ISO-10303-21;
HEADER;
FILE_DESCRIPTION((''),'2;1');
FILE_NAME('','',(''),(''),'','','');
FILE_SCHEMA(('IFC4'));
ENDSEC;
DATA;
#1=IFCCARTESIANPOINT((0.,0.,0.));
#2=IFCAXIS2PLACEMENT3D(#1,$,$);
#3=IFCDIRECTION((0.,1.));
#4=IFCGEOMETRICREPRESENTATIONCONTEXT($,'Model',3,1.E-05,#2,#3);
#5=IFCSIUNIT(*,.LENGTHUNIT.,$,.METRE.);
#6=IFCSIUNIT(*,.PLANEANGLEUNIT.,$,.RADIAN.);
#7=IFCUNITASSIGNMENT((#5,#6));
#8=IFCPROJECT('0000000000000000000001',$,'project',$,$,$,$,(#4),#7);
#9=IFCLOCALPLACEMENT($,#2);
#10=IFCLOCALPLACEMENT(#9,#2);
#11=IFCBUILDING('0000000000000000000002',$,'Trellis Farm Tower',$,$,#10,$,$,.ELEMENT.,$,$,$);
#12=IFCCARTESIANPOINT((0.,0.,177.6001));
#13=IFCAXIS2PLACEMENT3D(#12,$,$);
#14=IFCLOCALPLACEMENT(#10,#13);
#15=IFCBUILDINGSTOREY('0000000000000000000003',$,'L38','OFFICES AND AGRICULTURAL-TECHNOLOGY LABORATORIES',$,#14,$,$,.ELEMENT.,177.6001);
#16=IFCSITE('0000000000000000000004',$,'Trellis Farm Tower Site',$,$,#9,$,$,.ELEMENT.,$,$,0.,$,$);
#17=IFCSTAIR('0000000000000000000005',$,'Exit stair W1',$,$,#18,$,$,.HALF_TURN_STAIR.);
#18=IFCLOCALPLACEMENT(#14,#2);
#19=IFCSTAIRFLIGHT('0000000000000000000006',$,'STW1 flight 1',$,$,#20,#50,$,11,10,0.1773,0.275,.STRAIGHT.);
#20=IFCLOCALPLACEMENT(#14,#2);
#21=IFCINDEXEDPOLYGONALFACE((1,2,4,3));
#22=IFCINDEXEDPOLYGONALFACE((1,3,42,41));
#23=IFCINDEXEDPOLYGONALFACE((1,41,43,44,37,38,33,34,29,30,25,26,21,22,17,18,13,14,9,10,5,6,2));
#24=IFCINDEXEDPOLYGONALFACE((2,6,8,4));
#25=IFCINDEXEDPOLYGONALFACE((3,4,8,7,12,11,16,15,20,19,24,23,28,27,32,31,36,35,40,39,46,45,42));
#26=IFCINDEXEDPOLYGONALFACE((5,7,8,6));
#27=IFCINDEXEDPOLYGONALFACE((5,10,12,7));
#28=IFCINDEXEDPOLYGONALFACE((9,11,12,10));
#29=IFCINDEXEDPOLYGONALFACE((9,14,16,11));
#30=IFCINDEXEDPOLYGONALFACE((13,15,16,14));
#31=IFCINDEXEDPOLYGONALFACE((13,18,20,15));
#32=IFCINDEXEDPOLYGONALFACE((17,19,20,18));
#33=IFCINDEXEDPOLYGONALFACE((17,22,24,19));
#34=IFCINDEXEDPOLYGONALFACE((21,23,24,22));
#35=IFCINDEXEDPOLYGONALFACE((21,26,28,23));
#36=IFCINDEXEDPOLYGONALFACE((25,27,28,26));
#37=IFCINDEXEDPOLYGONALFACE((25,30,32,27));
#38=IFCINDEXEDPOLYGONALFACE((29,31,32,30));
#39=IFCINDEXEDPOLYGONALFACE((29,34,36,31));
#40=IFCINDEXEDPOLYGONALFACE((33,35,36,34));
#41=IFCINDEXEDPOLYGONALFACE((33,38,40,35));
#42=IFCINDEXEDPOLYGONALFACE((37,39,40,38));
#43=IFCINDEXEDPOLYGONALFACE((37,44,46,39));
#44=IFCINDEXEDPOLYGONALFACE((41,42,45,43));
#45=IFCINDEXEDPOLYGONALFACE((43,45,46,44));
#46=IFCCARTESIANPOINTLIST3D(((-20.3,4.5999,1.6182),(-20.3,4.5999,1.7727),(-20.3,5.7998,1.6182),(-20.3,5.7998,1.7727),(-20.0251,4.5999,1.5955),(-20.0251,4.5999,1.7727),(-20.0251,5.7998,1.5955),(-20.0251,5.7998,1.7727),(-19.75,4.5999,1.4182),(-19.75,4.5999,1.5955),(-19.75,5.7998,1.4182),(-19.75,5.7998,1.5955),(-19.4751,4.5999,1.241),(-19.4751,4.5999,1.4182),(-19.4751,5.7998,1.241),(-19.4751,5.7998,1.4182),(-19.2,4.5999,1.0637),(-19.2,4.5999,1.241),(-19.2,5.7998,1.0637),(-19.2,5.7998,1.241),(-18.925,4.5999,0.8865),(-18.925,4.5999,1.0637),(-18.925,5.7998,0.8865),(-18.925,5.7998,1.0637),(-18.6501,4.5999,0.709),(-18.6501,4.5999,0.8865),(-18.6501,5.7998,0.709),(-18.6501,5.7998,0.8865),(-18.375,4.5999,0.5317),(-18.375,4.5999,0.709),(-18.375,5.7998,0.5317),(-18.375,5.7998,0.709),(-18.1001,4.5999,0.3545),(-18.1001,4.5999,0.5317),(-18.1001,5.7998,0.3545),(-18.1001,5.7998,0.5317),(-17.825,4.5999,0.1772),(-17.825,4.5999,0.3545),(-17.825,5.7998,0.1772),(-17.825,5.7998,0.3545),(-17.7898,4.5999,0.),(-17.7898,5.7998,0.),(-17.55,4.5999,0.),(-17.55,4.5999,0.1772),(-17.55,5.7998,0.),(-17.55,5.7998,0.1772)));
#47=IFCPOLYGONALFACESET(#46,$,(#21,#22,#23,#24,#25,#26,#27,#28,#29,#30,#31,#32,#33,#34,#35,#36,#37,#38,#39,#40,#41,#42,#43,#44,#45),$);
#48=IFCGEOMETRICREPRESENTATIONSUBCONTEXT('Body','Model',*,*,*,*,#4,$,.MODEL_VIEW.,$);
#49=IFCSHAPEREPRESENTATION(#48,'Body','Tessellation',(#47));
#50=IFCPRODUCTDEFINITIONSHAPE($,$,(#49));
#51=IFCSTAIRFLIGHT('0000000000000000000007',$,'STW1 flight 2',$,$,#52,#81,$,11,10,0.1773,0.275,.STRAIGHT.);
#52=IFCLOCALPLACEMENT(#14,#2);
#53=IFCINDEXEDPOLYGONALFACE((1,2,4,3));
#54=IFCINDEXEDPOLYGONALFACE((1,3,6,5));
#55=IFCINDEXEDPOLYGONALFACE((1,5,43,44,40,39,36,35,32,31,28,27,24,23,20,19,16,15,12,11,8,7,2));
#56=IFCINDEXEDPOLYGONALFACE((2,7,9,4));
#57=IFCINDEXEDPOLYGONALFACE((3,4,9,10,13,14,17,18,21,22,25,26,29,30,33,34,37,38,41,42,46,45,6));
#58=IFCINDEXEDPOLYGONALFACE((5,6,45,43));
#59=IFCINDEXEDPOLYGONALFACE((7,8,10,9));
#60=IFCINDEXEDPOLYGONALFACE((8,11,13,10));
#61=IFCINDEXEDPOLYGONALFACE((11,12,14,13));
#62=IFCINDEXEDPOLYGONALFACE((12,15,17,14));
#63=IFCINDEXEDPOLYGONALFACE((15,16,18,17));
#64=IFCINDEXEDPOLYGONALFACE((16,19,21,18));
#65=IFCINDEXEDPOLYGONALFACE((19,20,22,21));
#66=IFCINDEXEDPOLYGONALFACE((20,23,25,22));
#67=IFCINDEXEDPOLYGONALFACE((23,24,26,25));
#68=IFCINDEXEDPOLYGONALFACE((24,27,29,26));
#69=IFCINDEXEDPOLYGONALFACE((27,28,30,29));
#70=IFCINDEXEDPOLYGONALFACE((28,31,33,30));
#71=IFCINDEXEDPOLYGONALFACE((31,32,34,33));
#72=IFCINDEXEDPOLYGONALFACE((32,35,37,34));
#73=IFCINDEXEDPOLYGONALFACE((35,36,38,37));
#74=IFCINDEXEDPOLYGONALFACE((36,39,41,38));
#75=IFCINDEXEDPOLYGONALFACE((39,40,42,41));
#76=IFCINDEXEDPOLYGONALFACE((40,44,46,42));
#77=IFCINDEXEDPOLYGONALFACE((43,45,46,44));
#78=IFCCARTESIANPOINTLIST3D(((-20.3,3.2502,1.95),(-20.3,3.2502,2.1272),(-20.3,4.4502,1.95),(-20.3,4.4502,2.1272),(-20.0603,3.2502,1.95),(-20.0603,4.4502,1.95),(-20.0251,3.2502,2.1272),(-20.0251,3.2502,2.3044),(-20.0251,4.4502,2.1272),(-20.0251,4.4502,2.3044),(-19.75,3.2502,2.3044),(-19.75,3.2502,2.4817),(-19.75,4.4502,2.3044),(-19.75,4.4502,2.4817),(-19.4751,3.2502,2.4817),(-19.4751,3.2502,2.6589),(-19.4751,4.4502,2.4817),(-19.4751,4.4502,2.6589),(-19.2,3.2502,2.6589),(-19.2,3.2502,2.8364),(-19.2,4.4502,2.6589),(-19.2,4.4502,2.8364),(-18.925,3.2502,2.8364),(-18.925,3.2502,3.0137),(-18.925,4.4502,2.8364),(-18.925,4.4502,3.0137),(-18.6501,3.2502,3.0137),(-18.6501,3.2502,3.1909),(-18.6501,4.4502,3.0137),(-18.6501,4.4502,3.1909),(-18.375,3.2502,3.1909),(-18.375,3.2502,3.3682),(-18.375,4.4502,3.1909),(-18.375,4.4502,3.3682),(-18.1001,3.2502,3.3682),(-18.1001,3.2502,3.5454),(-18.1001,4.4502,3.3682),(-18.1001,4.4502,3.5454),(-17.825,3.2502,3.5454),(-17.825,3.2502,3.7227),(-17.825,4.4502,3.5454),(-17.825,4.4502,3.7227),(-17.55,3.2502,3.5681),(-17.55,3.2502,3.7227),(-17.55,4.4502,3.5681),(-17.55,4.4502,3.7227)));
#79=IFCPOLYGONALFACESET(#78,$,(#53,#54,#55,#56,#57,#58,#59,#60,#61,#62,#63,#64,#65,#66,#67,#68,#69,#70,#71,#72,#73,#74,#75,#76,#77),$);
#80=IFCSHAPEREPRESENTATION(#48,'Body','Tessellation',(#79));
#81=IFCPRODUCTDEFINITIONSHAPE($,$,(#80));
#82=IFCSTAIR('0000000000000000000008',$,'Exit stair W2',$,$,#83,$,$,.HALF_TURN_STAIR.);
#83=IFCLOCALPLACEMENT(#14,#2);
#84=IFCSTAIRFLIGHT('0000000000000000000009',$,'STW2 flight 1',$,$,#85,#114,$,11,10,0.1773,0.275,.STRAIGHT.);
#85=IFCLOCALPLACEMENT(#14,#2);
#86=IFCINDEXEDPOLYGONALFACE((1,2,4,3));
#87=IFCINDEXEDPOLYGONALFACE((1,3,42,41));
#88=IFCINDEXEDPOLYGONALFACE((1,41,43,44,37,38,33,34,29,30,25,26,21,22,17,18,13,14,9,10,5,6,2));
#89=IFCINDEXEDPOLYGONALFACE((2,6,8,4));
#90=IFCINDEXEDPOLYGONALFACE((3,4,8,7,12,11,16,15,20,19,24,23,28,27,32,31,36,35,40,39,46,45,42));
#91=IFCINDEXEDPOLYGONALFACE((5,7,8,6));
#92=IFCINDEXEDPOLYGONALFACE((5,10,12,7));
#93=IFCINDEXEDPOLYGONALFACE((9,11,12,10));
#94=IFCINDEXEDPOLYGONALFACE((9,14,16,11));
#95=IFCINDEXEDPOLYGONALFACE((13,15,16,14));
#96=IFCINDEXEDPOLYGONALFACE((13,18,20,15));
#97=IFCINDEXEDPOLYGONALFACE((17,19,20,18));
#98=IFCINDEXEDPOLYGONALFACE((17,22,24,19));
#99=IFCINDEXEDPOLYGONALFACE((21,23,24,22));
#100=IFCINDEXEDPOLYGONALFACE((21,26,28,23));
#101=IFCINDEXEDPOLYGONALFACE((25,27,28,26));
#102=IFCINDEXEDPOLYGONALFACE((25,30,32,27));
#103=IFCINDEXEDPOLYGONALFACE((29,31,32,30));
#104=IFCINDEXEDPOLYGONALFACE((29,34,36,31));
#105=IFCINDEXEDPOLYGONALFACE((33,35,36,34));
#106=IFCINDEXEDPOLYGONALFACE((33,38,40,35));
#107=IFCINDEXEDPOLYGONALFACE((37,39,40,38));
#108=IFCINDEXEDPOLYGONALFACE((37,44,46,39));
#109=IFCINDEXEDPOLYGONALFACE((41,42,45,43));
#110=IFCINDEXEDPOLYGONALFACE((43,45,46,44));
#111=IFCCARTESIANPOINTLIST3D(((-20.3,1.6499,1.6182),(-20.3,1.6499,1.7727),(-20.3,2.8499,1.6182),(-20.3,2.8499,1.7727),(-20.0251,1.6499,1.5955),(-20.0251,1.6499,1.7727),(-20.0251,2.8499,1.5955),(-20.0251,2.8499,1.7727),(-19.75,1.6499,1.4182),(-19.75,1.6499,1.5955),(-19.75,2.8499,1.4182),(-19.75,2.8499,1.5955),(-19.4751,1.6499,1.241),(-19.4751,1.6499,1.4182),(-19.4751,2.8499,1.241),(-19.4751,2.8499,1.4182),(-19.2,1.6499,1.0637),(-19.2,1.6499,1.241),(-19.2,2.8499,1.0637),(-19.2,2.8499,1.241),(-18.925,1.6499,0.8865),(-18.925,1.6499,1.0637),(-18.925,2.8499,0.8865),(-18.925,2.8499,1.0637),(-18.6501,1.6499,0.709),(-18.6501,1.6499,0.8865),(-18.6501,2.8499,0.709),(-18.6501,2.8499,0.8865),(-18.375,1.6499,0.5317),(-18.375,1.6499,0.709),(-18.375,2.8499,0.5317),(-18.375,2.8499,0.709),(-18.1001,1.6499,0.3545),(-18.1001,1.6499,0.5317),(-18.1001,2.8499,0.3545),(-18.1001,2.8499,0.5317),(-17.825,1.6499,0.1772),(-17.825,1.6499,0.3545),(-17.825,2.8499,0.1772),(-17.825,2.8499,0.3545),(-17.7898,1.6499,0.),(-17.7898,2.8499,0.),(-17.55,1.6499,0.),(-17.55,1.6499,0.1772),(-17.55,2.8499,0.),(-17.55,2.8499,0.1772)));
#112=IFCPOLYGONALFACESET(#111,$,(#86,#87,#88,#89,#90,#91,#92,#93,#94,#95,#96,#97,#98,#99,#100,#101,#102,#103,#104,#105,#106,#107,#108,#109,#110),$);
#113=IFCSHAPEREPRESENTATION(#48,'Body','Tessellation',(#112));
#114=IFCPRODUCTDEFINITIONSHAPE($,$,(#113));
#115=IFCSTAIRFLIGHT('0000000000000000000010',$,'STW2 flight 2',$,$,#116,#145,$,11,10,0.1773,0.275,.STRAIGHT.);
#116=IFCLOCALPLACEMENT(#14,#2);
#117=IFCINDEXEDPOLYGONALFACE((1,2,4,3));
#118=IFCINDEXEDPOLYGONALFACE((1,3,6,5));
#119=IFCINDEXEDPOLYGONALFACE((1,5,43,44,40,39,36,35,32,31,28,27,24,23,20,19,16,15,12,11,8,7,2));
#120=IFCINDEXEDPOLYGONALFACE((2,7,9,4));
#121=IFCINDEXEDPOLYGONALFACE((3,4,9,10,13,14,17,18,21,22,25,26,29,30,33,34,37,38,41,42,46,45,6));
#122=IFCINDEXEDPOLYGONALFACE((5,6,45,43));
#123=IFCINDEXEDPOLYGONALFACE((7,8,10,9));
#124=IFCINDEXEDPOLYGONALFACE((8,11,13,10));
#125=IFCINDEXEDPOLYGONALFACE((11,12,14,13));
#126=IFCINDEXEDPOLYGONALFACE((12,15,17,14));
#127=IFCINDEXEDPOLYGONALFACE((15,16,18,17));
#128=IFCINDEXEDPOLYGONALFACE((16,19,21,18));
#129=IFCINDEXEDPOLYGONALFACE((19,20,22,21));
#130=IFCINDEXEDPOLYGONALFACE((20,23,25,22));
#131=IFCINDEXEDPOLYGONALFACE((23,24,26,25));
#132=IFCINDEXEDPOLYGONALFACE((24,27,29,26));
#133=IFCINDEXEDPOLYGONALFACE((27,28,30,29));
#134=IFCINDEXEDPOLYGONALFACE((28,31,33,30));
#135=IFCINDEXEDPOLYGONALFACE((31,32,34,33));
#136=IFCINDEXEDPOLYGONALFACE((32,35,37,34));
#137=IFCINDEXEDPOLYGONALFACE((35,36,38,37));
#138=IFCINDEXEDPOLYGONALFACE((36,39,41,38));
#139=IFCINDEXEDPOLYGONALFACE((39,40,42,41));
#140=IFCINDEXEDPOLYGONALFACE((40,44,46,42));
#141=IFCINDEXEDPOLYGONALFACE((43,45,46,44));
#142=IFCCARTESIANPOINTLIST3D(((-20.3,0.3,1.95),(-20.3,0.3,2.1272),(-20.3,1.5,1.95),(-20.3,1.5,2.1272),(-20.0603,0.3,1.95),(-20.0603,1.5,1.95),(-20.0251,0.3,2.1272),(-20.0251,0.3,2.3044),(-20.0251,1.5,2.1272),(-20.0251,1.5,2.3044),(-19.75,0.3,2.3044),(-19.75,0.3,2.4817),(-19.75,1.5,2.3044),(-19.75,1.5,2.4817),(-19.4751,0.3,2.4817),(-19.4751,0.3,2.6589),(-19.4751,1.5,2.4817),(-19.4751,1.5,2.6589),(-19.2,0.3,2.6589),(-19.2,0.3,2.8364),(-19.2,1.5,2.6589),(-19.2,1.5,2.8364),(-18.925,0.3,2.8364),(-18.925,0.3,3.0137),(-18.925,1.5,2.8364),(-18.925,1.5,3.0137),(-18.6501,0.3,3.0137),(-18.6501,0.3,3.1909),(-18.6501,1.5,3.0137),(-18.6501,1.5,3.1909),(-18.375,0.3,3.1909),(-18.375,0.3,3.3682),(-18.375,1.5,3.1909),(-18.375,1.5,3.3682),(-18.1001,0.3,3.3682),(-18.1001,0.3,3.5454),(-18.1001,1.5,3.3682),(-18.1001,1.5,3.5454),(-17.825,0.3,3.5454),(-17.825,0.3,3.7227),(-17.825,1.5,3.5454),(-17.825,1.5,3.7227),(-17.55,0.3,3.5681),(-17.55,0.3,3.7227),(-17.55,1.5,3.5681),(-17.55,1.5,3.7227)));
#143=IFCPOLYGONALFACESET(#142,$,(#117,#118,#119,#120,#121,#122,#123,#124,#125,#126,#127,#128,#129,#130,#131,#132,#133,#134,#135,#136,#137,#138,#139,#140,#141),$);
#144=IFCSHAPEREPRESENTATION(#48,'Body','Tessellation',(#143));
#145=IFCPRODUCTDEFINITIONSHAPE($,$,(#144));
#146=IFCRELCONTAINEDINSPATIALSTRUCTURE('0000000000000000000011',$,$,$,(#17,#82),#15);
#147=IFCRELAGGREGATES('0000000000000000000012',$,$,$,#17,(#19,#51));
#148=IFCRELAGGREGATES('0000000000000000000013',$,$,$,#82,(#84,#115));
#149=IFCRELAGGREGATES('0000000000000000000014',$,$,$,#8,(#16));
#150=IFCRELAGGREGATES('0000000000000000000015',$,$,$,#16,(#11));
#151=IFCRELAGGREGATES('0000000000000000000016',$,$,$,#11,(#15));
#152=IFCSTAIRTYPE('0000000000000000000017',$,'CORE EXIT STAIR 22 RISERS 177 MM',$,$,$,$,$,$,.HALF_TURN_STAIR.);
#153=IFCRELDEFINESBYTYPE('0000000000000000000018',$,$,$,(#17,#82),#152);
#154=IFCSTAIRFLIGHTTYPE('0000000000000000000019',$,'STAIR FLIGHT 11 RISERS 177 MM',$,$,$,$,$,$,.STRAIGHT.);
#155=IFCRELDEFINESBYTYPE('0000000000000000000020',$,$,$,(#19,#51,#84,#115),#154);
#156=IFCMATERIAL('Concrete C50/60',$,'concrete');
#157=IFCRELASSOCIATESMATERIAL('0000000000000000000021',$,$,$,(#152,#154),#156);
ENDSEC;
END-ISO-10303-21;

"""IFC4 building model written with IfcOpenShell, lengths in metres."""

from ifc_helpers import new_model, si_unit, direction, frame, origin, place, context, subcontext, project, spatial, polyline, outline, extrude, source, transform, mapped, material, type_object, element, aggregate, save


model = new_model("IFC4")

# Units and contexts
model_context = context("Model", 3, precision=1e-05, world=origin(), true_north=direction((0.0, 1.0)))
body_context = subcontext(model_context, "Body", "Model", "MODEL_VIEW")
ifc_project = project(units=[si_unit("LENGTHUNIT", "METRE"), si_unit("PLANEANGLEUNIT", "RADIAN")], contexts=[model_context])

# Site, building, storey
site_placement = place(None, origin())
site = spatial("IfcSite", under=ifc_project, at=site_placement, Name="Trellis Farm Tower Site", CompositionType="ELEMENT", RefElevation=0.0)
building_placement = place(site_placement, origin())
building = spatial("IfcBuilding", under=site, at=building_placement, Name="Trellis Farm Tower", CompositionType="ELEMENT")
storey_placement = place(building_placement, frame((0.0, 0.0, 177.6001)))
storey = spatial("IfcBuildingStorey", under=building, at=storey_placement, Name="L38", Description="OFFICES AND AGRICULTURAL-TECHNOLOGY LABORATORIES", CompositionType="ELEMENT", Elevation=177.6001)

# Shared definitions
placement = place(storey_placement, origin())

# Stairs, stair flights
ifc_material_1 = material(Name="Concrete C50/60", Category="concrete")
stair_type = type_object("IfcStairType", Name="CORE EXIT STAIR 22 RISERS 177 MM", PredefinedType="HALF_TURN_STAIR", material=ifc_material_1)
stair_1 = element("IfcStair", 1, at=placement, inside=storey, type_object=stair_type, Name="Exit stair W1", PredefinedType="HALF_TURN_STAIR")
stair_flight_type = type_object("IfcStairFlightType", Name="STAIR FLIGHT 11 RISERS 177 MM", PredefinedType="STRAIGHT", material=ifc_material_1)
shared_shape_1 = source(origin(), body_context, "Body", "SweptSolid", [
    extrude(outline(polyline([(0.0, 0.0), (0.0, 0.1772), (0.2749, 0.1772), (0.2749, 0.3545), (0.55, 0.3545), (0.55, 0.5317), (0.825, 0.5317), (0.825, 0.709), (1.1001, 0.709), (1.1001, 0.8865), (1.375, 0.8865), (1.375, 1.0637), (1.6499, 1.0637), (1.6499, 1.241), (1.925, 1.241), (1.925, 1.4182), (2.2, 1.4182), (2.2, 1.5955), (2.4751, 1.5955), (2.4751, 1.7727), (2.75, 1.7727), (2.75, 1.95), (2.75, 1.6182), (0.2397, 0.0), (0.0, 0.0)])), frame((0.0, 0.6001, 0.0), z_axis=(0.0, -1.0, 0.0), x_axis=(1.0, 0.0, 0.0)), (0.0, 0.0, 1.0), 1.2),
])
stair_flight_1_placement = place(storey_placement, frame((-17.55, 5.2, 0.0), z_axis=(0.0, 0.0, 1.0), x_axis=(-1.0, 0.0, 0.0)))
stair_flight_1 = element("IfcStairFlight", 2, at=stair_flight_1_placement, type_object=stair_flight_type, Name="STW1 flight 1", NumberOfRisers=11, NumberOfTreads=10, PredefinedType="STRAIGHT", RiserHeight=0.1773, TreadLength=0.275, context=body_context, shape_type="MappedRepresentation", body=[
    mapped(shared_shape_1, transform((0.0, 0.0, 0.0))),
])
stair_flight_2_placement = place(storey_placement, frame((-20.3, 3.8501, 1.95), z_axis=(0.0, 0.0, 1.0), x_axis=(1.0, 0.0, 0.0)))
stair_flight_2 = element("IfcStairFlight", 3, at=stair_flight_2_placement, type_object=stair_flight_type, Name="STW1 flight 2", NumberOfRisers=11, NumberOfTreads=10, PredefinedType="STRAIGHT", RiserHeight=0.1773, TreadLength=0.275, context=body_context, shape_type="MappedRepresentation", body=[
    mapped(shared_shape_1, transform((0.0, 0.0, 0.0))),
])
aggregate(stair_1, [stair_flight_1, stair_flight_2])
stair_2 = element("IfcStair", 4, at=placement, inside=storey, type_object=stair_type, Name="Exit stair W2", PredefinedType="HALF_TURN_STAIR")
stair_flight_3_placement = place(storey_placement, frame((-17.55, 2.25, 0.0), z_axis=(0.0, 0.0, 1.0), x_axis=(-1.0, 0.0, 0.0)))
stair_flight_3 = element("IfcStairFlight", 5, at=stair_flight_3_placement, type_object=stair_flight_type, Name="STW2 flight 1", NumberOfRisers=11, NumberOfTreads=10, PredefinedType="STRAIGHT", RiserHeight=0.1773, TreadLength=0.275, context=body_context, shape_type="MappedRepresentation", body=[
    mapped(shared_shape_1, transform((0.0, 0.0, 0.0))),
])
stair_flight_4_placement = place(storey_placement, frame((-20.3, 0.8999, 1.95), z_axis=(0.0, 0.0, 1.0), x_axis=(1.0, 0.0, 0.0)))
stair_flight_4 = element("IfcStairFlight", 6, at=stair_flight_4_placement, type_object=stair_flight_type, Name="STW2 flight 2", NumberOfRisers=11, NumberOfTreads=10, PredefinedType="STRAIGHT", RiserHeight=0.1773, TreadLength=0.275, context=body_context, shape_type="MappedRepresentation", body=[
    mapped(shared_shape_1, transform((0.0, 0.0, 0.0))),
])
aggregate(stair_2, [stair_flight_3, stair_flight_4])

save(model, "model.ifc")
